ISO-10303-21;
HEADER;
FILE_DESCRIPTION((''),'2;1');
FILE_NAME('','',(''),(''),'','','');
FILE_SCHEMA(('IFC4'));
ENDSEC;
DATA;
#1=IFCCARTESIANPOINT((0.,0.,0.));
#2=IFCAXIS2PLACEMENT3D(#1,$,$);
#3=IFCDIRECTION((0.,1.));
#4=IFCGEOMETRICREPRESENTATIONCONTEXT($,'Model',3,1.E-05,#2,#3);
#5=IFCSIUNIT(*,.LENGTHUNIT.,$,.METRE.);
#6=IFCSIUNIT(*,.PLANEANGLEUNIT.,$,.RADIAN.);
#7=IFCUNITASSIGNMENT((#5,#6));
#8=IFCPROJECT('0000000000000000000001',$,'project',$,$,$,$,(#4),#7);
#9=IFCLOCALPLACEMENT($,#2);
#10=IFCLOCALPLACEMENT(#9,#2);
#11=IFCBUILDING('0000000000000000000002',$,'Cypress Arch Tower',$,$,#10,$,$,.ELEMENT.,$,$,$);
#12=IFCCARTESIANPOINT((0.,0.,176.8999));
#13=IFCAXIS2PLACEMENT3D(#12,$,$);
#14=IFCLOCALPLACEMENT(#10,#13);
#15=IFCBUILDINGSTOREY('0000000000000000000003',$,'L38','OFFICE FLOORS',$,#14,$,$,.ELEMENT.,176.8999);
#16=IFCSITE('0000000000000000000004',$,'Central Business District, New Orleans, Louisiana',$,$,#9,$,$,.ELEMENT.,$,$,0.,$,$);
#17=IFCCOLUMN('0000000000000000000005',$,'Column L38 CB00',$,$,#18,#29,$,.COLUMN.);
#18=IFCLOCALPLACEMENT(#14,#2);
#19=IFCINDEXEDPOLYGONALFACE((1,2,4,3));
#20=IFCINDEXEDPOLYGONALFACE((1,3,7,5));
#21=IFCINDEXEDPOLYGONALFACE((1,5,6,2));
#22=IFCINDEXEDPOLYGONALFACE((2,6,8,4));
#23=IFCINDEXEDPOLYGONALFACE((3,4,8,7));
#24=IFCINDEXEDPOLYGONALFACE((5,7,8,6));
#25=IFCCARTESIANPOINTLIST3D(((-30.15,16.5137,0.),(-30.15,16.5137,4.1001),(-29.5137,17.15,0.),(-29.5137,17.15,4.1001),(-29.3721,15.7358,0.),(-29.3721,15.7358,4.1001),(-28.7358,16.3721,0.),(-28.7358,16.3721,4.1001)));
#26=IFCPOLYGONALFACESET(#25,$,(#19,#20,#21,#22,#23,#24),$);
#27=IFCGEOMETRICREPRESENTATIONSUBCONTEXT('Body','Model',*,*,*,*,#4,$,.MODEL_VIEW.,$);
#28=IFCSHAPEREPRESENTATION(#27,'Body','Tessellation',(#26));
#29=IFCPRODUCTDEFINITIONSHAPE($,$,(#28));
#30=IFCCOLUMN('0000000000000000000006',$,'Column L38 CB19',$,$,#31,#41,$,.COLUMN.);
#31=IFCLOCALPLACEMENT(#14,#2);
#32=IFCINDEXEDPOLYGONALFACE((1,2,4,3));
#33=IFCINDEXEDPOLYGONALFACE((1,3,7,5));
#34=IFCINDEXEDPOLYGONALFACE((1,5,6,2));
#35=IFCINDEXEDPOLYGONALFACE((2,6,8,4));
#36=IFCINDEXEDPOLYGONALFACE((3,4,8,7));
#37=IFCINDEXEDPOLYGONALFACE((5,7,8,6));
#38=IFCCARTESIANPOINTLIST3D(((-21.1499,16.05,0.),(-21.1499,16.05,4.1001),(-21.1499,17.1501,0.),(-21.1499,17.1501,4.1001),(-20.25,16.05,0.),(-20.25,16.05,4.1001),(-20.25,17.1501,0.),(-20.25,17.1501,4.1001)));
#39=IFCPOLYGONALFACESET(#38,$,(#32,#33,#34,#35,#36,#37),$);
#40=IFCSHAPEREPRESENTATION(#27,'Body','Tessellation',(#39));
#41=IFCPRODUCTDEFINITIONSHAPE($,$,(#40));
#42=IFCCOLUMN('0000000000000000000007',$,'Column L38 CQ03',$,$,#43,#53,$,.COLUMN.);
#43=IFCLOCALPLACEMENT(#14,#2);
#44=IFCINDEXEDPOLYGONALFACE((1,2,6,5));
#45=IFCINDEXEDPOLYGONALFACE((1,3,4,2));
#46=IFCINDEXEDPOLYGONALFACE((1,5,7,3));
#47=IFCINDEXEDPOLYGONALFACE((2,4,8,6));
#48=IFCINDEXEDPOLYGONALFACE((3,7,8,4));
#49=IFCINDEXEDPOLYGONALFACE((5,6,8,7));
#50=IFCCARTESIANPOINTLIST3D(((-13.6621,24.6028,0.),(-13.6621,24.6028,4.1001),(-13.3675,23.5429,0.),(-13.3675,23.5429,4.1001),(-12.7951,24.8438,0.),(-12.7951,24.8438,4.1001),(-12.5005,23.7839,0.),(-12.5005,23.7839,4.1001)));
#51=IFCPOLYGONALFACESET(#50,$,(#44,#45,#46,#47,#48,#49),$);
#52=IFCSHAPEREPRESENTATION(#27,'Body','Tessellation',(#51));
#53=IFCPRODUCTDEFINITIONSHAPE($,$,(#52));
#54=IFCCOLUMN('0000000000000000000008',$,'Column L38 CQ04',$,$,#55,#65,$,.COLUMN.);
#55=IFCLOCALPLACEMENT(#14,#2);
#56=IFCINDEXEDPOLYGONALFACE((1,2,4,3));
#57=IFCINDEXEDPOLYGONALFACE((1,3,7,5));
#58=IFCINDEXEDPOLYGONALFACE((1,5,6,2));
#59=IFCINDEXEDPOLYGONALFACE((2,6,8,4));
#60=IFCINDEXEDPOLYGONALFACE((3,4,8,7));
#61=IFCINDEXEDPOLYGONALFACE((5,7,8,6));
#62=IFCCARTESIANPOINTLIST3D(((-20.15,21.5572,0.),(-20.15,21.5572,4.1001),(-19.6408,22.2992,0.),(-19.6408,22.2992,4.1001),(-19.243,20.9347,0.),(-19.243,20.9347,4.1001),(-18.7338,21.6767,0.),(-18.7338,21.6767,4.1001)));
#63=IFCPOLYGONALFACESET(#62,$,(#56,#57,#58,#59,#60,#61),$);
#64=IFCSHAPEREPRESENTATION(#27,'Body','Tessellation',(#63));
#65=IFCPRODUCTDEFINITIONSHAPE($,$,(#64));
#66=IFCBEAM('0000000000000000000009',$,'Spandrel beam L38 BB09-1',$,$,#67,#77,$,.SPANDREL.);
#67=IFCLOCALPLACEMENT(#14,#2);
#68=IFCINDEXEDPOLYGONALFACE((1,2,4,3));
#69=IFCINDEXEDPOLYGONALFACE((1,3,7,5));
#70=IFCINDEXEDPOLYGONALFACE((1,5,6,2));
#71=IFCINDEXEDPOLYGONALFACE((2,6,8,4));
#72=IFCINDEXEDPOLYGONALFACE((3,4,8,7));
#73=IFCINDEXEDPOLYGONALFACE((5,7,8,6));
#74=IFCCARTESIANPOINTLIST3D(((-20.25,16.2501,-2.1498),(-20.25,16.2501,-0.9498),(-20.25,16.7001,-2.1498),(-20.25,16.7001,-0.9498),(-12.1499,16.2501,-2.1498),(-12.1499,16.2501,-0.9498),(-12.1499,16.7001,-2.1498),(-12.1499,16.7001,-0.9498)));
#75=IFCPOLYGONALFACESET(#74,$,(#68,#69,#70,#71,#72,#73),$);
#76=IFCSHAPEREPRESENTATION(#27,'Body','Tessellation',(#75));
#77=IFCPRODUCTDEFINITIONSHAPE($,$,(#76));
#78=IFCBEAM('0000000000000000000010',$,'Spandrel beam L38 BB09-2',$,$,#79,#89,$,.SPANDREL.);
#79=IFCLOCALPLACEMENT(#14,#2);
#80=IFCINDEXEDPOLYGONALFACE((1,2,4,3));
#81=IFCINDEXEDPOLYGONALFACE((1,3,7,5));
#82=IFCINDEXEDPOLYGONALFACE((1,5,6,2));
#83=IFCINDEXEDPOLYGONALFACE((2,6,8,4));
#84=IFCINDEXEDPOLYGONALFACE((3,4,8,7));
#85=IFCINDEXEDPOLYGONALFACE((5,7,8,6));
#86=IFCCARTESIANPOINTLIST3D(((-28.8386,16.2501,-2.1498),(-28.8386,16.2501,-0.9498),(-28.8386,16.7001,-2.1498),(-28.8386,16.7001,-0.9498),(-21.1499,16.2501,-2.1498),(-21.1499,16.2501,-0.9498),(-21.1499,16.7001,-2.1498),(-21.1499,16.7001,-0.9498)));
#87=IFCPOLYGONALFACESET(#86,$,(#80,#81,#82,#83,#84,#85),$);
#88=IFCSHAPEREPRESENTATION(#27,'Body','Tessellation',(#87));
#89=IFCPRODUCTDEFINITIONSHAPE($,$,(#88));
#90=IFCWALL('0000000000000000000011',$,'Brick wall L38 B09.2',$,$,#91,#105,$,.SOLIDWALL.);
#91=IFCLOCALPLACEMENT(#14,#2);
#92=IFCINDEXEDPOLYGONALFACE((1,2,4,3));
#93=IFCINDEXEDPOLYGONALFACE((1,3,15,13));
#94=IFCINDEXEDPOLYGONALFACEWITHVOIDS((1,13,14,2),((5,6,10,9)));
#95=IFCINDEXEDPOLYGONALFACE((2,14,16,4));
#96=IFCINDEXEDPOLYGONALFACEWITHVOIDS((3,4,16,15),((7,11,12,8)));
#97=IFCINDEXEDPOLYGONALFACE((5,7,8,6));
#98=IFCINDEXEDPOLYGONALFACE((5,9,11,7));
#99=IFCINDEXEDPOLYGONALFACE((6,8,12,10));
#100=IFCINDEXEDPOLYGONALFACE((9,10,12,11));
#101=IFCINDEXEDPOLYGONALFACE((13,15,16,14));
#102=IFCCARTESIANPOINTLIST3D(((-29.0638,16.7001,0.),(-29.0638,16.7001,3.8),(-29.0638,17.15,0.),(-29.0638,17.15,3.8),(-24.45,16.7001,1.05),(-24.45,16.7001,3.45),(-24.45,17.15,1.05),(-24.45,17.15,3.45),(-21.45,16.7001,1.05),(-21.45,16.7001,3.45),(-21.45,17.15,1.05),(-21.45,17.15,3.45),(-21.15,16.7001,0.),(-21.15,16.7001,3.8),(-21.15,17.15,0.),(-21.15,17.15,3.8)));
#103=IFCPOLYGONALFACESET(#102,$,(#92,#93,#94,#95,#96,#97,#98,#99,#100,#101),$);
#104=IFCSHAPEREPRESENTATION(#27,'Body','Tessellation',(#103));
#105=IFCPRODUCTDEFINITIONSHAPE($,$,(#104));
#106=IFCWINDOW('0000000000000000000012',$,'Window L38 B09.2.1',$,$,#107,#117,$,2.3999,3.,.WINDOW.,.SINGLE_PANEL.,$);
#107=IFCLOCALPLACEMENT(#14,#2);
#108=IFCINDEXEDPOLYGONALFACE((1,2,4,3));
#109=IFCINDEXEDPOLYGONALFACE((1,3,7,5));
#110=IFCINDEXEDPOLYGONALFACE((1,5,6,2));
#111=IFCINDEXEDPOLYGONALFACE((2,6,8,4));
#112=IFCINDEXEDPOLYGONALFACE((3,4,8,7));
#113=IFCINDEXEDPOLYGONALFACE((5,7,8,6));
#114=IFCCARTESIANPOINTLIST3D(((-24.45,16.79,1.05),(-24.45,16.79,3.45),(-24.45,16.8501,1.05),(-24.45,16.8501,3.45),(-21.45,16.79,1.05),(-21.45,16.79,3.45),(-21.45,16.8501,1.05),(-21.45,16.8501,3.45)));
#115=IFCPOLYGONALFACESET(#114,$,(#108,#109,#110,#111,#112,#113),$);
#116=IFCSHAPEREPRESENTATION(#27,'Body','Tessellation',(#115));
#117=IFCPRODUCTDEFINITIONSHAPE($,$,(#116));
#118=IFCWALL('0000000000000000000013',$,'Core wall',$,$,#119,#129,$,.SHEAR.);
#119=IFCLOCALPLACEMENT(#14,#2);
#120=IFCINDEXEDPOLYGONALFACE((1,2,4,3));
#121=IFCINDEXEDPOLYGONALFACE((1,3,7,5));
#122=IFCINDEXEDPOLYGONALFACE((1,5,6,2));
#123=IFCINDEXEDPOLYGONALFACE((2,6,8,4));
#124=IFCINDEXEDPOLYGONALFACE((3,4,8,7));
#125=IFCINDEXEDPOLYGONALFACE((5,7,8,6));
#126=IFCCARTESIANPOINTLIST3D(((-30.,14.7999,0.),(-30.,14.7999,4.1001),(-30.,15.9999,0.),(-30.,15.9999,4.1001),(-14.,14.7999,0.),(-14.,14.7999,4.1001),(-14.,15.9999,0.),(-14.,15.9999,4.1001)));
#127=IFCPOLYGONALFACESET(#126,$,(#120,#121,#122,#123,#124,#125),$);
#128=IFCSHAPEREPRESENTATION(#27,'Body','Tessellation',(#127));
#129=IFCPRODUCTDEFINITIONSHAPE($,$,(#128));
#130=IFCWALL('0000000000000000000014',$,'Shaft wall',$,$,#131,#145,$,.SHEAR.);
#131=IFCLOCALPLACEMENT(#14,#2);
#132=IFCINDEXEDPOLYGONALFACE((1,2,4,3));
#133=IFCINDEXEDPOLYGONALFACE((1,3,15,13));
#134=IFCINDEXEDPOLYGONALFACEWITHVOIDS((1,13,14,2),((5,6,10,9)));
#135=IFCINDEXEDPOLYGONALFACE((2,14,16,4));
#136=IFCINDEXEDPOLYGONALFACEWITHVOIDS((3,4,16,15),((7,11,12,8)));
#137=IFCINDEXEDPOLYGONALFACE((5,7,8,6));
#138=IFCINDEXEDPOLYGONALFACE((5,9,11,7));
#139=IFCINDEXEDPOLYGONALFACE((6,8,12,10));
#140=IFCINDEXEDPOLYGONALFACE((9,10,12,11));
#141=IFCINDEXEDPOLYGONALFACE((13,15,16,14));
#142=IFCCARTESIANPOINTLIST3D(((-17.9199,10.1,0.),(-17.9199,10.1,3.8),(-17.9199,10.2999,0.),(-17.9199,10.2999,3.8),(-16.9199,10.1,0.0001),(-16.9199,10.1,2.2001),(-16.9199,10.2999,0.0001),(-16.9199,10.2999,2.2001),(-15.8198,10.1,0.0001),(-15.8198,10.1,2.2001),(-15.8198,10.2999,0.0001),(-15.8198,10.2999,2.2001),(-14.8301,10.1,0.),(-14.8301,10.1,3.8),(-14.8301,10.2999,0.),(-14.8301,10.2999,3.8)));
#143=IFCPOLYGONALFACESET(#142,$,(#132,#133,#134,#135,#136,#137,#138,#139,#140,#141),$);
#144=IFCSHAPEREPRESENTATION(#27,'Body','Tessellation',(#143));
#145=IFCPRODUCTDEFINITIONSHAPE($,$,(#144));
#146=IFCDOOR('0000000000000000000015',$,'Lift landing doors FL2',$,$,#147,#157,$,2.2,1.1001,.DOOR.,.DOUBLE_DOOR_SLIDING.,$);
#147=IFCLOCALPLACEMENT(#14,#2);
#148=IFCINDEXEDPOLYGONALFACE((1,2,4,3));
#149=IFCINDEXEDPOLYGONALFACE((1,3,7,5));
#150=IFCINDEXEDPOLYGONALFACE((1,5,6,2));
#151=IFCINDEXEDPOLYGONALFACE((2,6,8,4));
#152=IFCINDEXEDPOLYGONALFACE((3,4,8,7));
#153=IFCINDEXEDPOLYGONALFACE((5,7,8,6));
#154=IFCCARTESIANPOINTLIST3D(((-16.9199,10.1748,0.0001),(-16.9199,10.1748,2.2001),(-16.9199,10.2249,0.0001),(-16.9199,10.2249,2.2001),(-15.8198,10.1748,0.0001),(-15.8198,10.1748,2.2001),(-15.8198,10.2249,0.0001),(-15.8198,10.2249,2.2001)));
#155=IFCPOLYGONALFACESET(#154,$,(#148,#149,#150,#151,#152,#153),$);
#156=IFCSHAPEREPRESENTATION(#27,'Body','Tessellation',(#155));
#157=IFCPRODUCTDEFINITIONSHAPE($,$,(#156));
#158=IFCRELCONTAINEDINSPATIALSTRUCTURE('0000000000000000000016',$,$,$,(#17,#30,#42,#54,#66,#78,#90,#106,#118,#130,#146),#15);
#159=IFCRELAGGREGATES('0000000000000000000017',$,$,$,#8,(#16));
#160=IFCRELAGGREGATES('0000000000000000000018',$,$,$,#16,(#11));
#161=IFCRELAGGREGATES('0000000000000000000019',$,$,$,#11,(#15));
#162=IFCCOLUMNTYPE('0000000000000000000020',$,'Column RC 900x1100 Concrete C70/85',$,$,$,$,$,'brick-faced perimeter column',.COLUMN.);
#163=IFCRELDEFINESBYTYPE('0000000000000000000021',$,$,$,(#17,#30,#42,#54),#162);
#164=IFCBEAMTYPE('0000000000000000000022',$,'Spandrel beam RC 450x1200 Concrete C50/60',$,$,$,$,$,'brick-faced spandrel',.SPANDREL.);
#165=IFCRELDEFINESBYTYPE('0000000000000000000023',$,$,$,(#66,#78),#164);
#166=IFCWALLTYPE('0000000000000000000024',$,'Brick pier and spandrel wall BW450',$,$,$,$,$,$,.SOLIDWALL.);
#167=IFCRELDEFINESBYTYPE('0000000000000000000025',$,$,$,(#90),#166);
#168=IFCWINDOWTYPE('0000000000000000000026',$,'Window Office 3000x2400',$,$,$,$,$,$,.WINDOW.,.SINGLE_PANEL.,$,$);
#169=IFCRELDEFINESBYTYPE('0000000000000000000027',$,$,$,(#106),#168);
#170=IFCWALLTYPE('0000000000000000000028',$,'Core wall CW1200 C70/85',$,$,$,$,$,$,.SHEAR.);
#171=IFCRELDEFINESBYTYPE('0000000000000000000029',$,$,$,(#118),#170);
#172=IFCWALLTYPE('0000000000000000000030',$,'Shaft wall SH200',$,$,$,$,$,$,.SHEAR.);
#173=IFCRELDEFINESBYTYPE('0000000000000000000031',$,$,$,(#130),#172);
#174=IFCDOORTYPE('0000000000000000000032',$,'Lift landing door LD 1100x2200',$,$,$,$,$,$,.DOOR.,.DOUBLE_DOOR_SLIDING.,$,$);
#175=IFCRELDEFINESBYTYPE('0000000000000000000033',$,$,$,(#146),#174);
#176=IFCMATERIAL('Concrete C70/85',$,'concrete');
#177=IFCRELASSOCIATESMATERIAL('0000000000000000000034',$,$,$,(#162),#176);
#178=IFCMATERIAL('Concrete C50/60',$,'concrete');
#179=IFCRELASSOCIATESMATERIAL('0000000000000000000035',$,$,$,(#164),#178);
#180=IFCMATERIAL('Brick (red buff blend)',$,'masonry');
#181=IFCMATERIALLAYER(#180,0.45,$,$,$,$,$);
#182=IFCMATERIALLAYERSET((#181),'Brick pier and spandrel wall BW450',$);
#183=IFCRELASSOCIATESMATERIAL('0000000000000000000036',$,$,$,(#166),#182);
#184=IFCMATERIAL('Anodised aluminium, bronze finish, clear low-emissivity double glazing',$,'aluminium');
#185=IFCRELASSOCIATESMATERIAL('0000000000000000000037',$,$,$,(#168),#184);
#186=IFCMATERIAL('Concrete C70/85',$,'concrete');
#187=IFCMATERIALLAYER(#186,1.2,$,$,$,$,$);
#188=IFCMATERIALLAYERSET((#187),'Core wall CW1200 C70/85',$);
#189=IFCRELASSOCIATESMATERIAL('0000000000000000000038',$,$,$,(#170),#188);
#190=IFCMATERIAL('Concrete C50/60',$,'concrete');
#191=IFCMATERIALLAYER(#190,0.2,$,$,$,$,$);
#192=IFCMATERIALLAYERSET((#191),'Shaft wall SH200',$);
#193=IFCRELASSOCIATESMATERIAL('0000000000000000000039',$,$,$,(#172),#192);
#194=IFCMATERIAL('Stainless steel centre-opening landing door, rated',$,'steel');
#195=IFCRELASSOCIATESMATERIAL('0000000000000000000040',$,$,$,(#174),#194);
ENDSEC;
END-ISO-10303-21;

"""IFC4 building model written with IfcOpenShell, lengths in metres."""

from ifc_helpers import new_model, si_unit, direction, frame, frame_2d, origin, origin_2d, place, context, subcontext, project, spatial, rectangle, extrude, material, layer, layer_set, material_profile, profile_set, type_object, element, fill, save


model = new_model("IFC4")

# Units and contexts
model_context = context("Model", 3, precision=1e-05, world=origin(), true_north=direction((0.0, 1.0)))
body_context = subcontext(model_context, "Body", "Model", "MODEL_VIEW")
ifc_project = project(units=[si_unit("LENGTHUNIT", "METRE"), si_unit("PLANEANGLEUNIT", "RADIAN")], contexts=[model_context])

# Site, building, storey
site_placement = place(None, origin())
site = spatial("IfcSite", under=ifc_project, at=site_placement, Name="Central Business District, New Orleans, Louisiana", CompositionType="ELEMENT", RefElevation=0.0)
building_placement = place(site_placement, origin())
building = spatial("IfcBuilding", under=site, at=building_placement, Name="Cypress Arch Tower", CompositionType="ELEMENT")
storey_placement = place(building_placement, frame((0.0, 0.0, 176.8999)))
storey = spatial("IfcBuildingStorey", under=building, at=storey_placement, Name="L38", Description="OFFICE FLOORS", CompositionType="ELEMENT", Elevation=176.8999)

# Columns
ifc_material_1 = material(Name="Concrete C70/85", Category="concrete")
ifc_material_profile_1 = material_profile(ifc_material_1, rectangle(XDim=0.8999, YDim=1.1001, at=origin_2d()), Name="RC 900x1100")
ifc_profile_set_1 = profile_set([ifc_material_profile_1], Name="Concrete C70/85")
column_type = type_object("IfcColumnType", Name="Column RC 900x1100 Concrete C70/85", ElementType="brick-faced perimeter column", PredefinedType="COLUMN", material=ifc_profile_set_1)
for number, where, z_axis, x_axis, name in (
    (1, (-29.4429, 16.4429, 0.0), (0.0, 0.0, 1.0), (-0.707107, -0.707107, 0.0), "Column L38 CB00"),
    (2, (-20.7, 16.6001, 0.0), (0.0, 0.0, 1.0), (-1.0, 0.0, 0.0), "Column L38 CB19"),
    (3, (-13.0813, 24.1934, 0.0), (0.0, 0.0, 1.0), (-0.963456, -0.267868, 0.0), "Column L38 CQ03"),
    (4, (-19.4419, 21.6169, 0.0), (0.0, 0.0, 1.0), (-0.565893, -0.824479, 0.0), "Column L38 CQ04"),
):
    element("IfcColumn", number, at=place(storey_placement, frame(where, z_axis=z_axis, x_axis=x_axis)), inside=storey, type_object=column_type, Name=name, PredefinedType="COLUMN", context=body_context, shape_type="SweptSolid", body=[
        extrude(rectangle(XDim=0.8999, YDim=1.1001, at=origin_2d()), origin(), (0.0, 0.0, 1.0), 4.1001),
    ])

# Beams
ifc_material_2 = material(Name="Concrete C50/60", Category="concrete")
ifc_material_profile_2 = material_profile(ifc_material_2, rectangle(XDim=0.45, YDim=1.2, at=origin_2d()), Name="RC 450x1200")
ifc_profile_set_2 = profile_set([ifc_material_profile_2], Name="Concrete C50/60")
beam_type = type_object("IfcBeamType", Name="Spandrel beam RC 450x1200 Concrete C50/60", ElementType="brick-faced spandrel", PredefinedType="SPANDREL", material=ifc_profile_set_2)
beam_1_placement = place(storey_placement, frame((-12.1499, 16.4751, -1.5498), z_axis=(-1.0, 0.0, 0.0), x_axis=(0.0, -1.0, 0.0)))
element("IfcBeam", 5, at=beam_1_placement, inside=storey, type_object=beam_type, Name="Spandrel beam L38 BB09-1", PredefinedType="SPANDREL", context=body_context, shape_type="SweptSolid", body=[
    extrude(rectangle(XDim=0.45, YDim=1.2, at=origin_2d()), origin(), (0.0, 0.0, 1.0), 8.1001),
])
beam_2_placement = place(storey_placement, frame((-21.1499, 16.4751, -1.5498), z_axis=(-1.0, 0.0, 0.0), x_axis=(0.0, -1.0, 0.0)))
element("IfcBeam", 6, at=beam_2_placement, inside=storey, type_object=beam_type, Name="Spandrel beam L38 BB09-2", PredefinedType="SPANDREL", context=body_context, shape_type="SweptSolid", body=[
    extrude(rectangle(XDim=0.45, YDim=1.2, at=origin_2d()), origin(), (0.0, 0.0, 1.0), 7.6887),
])

# Wall, opening, window
ifc_material_3 = material(Name="Brick (red buff blend)", Category="masonry")
ifc_layer_1 = layer(ifc_material_3, 0.45)
ifc_layer_set_1 = layer_set([ifc_layer_1], Name="Brick pier and spandrel wall BW450")
wall_type_1 = type_object("IfcWallType", Name="Brick pier and spandrel wall BW450", PredefinedType="SOLIDWALL", material=ifc_layer_set_1)
wall_1_placement = place(storey_placement, frame((-21.1499, 16.925, 0.0), z_axis=(0.0, 0.0, 1.0), x_axis=(-1.0, 0.0, 0.0)))
wall_1 = element("IfcWall", 7, at=wall_1_placement, inside=storey, type_object=wall_type_1, Name="Brick wall L38 B09.2", PredefinedType="SOLIDWALL", context=body_context, shape_type="SweptSolid", body=[
    extrude(rectangle(XDim=7.9138, YDim=0.45, at=frame_2d((3.957, 0.0))), origin(), (0.0, 0.0, 1.0), 3.8),
])
opening_1_placement = place(wall_1_placement, frame((0.3, 0.0, 1.05)))
opening_1 = element("IfcOpeningElement", 8, at=opening_1_placement, cuts=wall_1, PredefinedType="OPENING", context=body_context, shape_type="SweptSolid", body=[
    extrude(rectangle(XDim=3.0, YDim=2.3999, at=frame_2d((1.5, 1.2))), frame((0.0, 0.2349, 0.0), z_axis=(0.0, -1.0, 0.0), x_axis=(1.0, 0.0, 0.0)), (0.0, 0.0, 1.0), 0.47),
])
ifc_material_4 = material(Name="Anodised aluminium, bronze finish, clear low-emissivity double glazing", Category="aluminium")
window_type = type_object("IfcWindowType", Name="Window Office 3000x2400", PartitioningType="SINGLE_PANEL", PredefinedType="WINDOW", material=ifc_material_4)
window_placement = place(opening_1_placement, origin())
window = element("IfcWindow", 9, at=window_placement, inside=storey, type_object=window_type, Name="Window L38 B09.2.1", OverallHeight=2.3999, OverallWidth=3.0, PartitioningType="SINGLE_PANEL", PredefinedType="WINDOW", context=body_context, shape_type="SweptSolid", body=[
    extrude(rectangle(XDim=3.0, YDim=2.3999, at=frame_2d((1.5, 1.2))), frame((0.0, 0.135, 0.0), z_axis=(0.0, -1.0, 0.0), x_axis=(1.0, 0.0, 0.0)), (0.0, 0.0, 1.0), 0.0601),
])
fill(opening_1, window)

# Wall
ifc_material_5 = material(Name="Concrete C70/85", Category="concrete")
ifc_layer_2 = layer(ifc_material_5, 1.2)
ifc_layer_set_2 = layer_set([ifc_layer_2], Name="Core wall CW1200 C70/85")
wall_type_2 = type_object("IfcWallType", Name="Core wall CW1200 C70/85", PredefinedType="SHEAR", material=ifc_layer_set_2)
wall_2_placement = place(storey_placement, frame((-30.0, 15.3999, 0.0), z_axis=(0.0, 0.0, 1.0), x_axis=(1.0, 0.0, 0.0)))
element("IfcWall", 10, at=wall_2_placement, inside=storey, type_object=wall_type_2, Name="Core wall", PredefinedType="SHEAR", context=body_context, shape_type="SweptSolid", body=[
    extrude(rectangle(XDim=16.0, YDim=1.2, at=frame_2d((8.0, 0.0))), origin(), (0.0, 0.0, 1.0), 4.1001),
])

# Wall, opening, door
ifc_material_6 = material(Name="Concrete C50/60", Category="concrete")
ifc_layer_3 = layer(ifc_material_6, 0.2)
ifc_layer_set_3 = layer_set([ifc_layer_3], Name="Shaft wall SH200")
wall_type_3 = type_object("IfcWallType", Name="Shaft wall SH200", PredefinedType="SHEAR", material=ifc_layer_set_3)
wall_3_placement = place(storey_placement, frame((-17.9199, 10.2, 0.0), z_axis=(0.0, 0.0, 1.0), x_axis=(1.0, 0.0, 0.0)))
wall_3 = element("IfcWall", 11, at=wall_3_placement, inside=storey, type_object=wall_type_3, Name="Shaft wall", PredefinedType="SHEAR", context=body_context, shape_type="SweptSolid", body=[
    extrude(rectangle(XDim=3.0898, YDim=0.2, at=frame_2d((1.5449, 0.0))), origin(), (0.0, 0.0, 1.0), 3.8),
])
opening_2_placement = place(wall_3_placement, frame((1.0, 0.0, 0.0)))
opening_2 = element("IfcOpeningElement", 12, at=opening_2_placement, cuts=wall_3, PredefinedType="OPENING", context=body_context, shape_type="SweptSolid", body=[
    extrude(rectangle(XDim=1.1001, YDim=2.2, at=frame_2d((0.55, 1.1001))), frame((0.0, 0.1099, 0.0), z_axis=(0.0, -1.0, 0.0), x_axis=(1.0, 0.0, 0.0)), (0.0, 0.0, 1.0), 0.22),
])
ifc_material_7 = material(Name="Stainless steel centre-opening landing door, rated", Category="steel")
door_type_1 = type_object("IfcDoorType", Name="Lift landing door LD 1100x2200", OperationType="DOUBLE_DOOR_SLIDING", PredefinedType="DOOR", material=ifc_material_7)
door_1_placement = place(opening_2_placement, origin())
door_1 = element("IfcDoor", 13, at=door_1_placement, inside=storey, type_object=door_type_1, Name="Lift landing doors FL2", OperationType="DOUBLE_DOOR_SLIDING", OverallHeight=2.2, OverallWidth=1.1001, PredefinedType="DOOR", context=body_context, shape_type="SweptSolid", body=[
    extrude(rectangle(XDim=1.1001, YDim=2.2, at=frame_2d((0.55, 1.1001))), frame((0.0, 0.0249, 0.0), z_axis=(0.0, -1.0, 0.0), x_axis=(1.0, 0.0, 0.0)), (0.0, 0.0, 1.0), 0.05),
])
fill(opening_2, door_1)

save(model, "model.ifc")
